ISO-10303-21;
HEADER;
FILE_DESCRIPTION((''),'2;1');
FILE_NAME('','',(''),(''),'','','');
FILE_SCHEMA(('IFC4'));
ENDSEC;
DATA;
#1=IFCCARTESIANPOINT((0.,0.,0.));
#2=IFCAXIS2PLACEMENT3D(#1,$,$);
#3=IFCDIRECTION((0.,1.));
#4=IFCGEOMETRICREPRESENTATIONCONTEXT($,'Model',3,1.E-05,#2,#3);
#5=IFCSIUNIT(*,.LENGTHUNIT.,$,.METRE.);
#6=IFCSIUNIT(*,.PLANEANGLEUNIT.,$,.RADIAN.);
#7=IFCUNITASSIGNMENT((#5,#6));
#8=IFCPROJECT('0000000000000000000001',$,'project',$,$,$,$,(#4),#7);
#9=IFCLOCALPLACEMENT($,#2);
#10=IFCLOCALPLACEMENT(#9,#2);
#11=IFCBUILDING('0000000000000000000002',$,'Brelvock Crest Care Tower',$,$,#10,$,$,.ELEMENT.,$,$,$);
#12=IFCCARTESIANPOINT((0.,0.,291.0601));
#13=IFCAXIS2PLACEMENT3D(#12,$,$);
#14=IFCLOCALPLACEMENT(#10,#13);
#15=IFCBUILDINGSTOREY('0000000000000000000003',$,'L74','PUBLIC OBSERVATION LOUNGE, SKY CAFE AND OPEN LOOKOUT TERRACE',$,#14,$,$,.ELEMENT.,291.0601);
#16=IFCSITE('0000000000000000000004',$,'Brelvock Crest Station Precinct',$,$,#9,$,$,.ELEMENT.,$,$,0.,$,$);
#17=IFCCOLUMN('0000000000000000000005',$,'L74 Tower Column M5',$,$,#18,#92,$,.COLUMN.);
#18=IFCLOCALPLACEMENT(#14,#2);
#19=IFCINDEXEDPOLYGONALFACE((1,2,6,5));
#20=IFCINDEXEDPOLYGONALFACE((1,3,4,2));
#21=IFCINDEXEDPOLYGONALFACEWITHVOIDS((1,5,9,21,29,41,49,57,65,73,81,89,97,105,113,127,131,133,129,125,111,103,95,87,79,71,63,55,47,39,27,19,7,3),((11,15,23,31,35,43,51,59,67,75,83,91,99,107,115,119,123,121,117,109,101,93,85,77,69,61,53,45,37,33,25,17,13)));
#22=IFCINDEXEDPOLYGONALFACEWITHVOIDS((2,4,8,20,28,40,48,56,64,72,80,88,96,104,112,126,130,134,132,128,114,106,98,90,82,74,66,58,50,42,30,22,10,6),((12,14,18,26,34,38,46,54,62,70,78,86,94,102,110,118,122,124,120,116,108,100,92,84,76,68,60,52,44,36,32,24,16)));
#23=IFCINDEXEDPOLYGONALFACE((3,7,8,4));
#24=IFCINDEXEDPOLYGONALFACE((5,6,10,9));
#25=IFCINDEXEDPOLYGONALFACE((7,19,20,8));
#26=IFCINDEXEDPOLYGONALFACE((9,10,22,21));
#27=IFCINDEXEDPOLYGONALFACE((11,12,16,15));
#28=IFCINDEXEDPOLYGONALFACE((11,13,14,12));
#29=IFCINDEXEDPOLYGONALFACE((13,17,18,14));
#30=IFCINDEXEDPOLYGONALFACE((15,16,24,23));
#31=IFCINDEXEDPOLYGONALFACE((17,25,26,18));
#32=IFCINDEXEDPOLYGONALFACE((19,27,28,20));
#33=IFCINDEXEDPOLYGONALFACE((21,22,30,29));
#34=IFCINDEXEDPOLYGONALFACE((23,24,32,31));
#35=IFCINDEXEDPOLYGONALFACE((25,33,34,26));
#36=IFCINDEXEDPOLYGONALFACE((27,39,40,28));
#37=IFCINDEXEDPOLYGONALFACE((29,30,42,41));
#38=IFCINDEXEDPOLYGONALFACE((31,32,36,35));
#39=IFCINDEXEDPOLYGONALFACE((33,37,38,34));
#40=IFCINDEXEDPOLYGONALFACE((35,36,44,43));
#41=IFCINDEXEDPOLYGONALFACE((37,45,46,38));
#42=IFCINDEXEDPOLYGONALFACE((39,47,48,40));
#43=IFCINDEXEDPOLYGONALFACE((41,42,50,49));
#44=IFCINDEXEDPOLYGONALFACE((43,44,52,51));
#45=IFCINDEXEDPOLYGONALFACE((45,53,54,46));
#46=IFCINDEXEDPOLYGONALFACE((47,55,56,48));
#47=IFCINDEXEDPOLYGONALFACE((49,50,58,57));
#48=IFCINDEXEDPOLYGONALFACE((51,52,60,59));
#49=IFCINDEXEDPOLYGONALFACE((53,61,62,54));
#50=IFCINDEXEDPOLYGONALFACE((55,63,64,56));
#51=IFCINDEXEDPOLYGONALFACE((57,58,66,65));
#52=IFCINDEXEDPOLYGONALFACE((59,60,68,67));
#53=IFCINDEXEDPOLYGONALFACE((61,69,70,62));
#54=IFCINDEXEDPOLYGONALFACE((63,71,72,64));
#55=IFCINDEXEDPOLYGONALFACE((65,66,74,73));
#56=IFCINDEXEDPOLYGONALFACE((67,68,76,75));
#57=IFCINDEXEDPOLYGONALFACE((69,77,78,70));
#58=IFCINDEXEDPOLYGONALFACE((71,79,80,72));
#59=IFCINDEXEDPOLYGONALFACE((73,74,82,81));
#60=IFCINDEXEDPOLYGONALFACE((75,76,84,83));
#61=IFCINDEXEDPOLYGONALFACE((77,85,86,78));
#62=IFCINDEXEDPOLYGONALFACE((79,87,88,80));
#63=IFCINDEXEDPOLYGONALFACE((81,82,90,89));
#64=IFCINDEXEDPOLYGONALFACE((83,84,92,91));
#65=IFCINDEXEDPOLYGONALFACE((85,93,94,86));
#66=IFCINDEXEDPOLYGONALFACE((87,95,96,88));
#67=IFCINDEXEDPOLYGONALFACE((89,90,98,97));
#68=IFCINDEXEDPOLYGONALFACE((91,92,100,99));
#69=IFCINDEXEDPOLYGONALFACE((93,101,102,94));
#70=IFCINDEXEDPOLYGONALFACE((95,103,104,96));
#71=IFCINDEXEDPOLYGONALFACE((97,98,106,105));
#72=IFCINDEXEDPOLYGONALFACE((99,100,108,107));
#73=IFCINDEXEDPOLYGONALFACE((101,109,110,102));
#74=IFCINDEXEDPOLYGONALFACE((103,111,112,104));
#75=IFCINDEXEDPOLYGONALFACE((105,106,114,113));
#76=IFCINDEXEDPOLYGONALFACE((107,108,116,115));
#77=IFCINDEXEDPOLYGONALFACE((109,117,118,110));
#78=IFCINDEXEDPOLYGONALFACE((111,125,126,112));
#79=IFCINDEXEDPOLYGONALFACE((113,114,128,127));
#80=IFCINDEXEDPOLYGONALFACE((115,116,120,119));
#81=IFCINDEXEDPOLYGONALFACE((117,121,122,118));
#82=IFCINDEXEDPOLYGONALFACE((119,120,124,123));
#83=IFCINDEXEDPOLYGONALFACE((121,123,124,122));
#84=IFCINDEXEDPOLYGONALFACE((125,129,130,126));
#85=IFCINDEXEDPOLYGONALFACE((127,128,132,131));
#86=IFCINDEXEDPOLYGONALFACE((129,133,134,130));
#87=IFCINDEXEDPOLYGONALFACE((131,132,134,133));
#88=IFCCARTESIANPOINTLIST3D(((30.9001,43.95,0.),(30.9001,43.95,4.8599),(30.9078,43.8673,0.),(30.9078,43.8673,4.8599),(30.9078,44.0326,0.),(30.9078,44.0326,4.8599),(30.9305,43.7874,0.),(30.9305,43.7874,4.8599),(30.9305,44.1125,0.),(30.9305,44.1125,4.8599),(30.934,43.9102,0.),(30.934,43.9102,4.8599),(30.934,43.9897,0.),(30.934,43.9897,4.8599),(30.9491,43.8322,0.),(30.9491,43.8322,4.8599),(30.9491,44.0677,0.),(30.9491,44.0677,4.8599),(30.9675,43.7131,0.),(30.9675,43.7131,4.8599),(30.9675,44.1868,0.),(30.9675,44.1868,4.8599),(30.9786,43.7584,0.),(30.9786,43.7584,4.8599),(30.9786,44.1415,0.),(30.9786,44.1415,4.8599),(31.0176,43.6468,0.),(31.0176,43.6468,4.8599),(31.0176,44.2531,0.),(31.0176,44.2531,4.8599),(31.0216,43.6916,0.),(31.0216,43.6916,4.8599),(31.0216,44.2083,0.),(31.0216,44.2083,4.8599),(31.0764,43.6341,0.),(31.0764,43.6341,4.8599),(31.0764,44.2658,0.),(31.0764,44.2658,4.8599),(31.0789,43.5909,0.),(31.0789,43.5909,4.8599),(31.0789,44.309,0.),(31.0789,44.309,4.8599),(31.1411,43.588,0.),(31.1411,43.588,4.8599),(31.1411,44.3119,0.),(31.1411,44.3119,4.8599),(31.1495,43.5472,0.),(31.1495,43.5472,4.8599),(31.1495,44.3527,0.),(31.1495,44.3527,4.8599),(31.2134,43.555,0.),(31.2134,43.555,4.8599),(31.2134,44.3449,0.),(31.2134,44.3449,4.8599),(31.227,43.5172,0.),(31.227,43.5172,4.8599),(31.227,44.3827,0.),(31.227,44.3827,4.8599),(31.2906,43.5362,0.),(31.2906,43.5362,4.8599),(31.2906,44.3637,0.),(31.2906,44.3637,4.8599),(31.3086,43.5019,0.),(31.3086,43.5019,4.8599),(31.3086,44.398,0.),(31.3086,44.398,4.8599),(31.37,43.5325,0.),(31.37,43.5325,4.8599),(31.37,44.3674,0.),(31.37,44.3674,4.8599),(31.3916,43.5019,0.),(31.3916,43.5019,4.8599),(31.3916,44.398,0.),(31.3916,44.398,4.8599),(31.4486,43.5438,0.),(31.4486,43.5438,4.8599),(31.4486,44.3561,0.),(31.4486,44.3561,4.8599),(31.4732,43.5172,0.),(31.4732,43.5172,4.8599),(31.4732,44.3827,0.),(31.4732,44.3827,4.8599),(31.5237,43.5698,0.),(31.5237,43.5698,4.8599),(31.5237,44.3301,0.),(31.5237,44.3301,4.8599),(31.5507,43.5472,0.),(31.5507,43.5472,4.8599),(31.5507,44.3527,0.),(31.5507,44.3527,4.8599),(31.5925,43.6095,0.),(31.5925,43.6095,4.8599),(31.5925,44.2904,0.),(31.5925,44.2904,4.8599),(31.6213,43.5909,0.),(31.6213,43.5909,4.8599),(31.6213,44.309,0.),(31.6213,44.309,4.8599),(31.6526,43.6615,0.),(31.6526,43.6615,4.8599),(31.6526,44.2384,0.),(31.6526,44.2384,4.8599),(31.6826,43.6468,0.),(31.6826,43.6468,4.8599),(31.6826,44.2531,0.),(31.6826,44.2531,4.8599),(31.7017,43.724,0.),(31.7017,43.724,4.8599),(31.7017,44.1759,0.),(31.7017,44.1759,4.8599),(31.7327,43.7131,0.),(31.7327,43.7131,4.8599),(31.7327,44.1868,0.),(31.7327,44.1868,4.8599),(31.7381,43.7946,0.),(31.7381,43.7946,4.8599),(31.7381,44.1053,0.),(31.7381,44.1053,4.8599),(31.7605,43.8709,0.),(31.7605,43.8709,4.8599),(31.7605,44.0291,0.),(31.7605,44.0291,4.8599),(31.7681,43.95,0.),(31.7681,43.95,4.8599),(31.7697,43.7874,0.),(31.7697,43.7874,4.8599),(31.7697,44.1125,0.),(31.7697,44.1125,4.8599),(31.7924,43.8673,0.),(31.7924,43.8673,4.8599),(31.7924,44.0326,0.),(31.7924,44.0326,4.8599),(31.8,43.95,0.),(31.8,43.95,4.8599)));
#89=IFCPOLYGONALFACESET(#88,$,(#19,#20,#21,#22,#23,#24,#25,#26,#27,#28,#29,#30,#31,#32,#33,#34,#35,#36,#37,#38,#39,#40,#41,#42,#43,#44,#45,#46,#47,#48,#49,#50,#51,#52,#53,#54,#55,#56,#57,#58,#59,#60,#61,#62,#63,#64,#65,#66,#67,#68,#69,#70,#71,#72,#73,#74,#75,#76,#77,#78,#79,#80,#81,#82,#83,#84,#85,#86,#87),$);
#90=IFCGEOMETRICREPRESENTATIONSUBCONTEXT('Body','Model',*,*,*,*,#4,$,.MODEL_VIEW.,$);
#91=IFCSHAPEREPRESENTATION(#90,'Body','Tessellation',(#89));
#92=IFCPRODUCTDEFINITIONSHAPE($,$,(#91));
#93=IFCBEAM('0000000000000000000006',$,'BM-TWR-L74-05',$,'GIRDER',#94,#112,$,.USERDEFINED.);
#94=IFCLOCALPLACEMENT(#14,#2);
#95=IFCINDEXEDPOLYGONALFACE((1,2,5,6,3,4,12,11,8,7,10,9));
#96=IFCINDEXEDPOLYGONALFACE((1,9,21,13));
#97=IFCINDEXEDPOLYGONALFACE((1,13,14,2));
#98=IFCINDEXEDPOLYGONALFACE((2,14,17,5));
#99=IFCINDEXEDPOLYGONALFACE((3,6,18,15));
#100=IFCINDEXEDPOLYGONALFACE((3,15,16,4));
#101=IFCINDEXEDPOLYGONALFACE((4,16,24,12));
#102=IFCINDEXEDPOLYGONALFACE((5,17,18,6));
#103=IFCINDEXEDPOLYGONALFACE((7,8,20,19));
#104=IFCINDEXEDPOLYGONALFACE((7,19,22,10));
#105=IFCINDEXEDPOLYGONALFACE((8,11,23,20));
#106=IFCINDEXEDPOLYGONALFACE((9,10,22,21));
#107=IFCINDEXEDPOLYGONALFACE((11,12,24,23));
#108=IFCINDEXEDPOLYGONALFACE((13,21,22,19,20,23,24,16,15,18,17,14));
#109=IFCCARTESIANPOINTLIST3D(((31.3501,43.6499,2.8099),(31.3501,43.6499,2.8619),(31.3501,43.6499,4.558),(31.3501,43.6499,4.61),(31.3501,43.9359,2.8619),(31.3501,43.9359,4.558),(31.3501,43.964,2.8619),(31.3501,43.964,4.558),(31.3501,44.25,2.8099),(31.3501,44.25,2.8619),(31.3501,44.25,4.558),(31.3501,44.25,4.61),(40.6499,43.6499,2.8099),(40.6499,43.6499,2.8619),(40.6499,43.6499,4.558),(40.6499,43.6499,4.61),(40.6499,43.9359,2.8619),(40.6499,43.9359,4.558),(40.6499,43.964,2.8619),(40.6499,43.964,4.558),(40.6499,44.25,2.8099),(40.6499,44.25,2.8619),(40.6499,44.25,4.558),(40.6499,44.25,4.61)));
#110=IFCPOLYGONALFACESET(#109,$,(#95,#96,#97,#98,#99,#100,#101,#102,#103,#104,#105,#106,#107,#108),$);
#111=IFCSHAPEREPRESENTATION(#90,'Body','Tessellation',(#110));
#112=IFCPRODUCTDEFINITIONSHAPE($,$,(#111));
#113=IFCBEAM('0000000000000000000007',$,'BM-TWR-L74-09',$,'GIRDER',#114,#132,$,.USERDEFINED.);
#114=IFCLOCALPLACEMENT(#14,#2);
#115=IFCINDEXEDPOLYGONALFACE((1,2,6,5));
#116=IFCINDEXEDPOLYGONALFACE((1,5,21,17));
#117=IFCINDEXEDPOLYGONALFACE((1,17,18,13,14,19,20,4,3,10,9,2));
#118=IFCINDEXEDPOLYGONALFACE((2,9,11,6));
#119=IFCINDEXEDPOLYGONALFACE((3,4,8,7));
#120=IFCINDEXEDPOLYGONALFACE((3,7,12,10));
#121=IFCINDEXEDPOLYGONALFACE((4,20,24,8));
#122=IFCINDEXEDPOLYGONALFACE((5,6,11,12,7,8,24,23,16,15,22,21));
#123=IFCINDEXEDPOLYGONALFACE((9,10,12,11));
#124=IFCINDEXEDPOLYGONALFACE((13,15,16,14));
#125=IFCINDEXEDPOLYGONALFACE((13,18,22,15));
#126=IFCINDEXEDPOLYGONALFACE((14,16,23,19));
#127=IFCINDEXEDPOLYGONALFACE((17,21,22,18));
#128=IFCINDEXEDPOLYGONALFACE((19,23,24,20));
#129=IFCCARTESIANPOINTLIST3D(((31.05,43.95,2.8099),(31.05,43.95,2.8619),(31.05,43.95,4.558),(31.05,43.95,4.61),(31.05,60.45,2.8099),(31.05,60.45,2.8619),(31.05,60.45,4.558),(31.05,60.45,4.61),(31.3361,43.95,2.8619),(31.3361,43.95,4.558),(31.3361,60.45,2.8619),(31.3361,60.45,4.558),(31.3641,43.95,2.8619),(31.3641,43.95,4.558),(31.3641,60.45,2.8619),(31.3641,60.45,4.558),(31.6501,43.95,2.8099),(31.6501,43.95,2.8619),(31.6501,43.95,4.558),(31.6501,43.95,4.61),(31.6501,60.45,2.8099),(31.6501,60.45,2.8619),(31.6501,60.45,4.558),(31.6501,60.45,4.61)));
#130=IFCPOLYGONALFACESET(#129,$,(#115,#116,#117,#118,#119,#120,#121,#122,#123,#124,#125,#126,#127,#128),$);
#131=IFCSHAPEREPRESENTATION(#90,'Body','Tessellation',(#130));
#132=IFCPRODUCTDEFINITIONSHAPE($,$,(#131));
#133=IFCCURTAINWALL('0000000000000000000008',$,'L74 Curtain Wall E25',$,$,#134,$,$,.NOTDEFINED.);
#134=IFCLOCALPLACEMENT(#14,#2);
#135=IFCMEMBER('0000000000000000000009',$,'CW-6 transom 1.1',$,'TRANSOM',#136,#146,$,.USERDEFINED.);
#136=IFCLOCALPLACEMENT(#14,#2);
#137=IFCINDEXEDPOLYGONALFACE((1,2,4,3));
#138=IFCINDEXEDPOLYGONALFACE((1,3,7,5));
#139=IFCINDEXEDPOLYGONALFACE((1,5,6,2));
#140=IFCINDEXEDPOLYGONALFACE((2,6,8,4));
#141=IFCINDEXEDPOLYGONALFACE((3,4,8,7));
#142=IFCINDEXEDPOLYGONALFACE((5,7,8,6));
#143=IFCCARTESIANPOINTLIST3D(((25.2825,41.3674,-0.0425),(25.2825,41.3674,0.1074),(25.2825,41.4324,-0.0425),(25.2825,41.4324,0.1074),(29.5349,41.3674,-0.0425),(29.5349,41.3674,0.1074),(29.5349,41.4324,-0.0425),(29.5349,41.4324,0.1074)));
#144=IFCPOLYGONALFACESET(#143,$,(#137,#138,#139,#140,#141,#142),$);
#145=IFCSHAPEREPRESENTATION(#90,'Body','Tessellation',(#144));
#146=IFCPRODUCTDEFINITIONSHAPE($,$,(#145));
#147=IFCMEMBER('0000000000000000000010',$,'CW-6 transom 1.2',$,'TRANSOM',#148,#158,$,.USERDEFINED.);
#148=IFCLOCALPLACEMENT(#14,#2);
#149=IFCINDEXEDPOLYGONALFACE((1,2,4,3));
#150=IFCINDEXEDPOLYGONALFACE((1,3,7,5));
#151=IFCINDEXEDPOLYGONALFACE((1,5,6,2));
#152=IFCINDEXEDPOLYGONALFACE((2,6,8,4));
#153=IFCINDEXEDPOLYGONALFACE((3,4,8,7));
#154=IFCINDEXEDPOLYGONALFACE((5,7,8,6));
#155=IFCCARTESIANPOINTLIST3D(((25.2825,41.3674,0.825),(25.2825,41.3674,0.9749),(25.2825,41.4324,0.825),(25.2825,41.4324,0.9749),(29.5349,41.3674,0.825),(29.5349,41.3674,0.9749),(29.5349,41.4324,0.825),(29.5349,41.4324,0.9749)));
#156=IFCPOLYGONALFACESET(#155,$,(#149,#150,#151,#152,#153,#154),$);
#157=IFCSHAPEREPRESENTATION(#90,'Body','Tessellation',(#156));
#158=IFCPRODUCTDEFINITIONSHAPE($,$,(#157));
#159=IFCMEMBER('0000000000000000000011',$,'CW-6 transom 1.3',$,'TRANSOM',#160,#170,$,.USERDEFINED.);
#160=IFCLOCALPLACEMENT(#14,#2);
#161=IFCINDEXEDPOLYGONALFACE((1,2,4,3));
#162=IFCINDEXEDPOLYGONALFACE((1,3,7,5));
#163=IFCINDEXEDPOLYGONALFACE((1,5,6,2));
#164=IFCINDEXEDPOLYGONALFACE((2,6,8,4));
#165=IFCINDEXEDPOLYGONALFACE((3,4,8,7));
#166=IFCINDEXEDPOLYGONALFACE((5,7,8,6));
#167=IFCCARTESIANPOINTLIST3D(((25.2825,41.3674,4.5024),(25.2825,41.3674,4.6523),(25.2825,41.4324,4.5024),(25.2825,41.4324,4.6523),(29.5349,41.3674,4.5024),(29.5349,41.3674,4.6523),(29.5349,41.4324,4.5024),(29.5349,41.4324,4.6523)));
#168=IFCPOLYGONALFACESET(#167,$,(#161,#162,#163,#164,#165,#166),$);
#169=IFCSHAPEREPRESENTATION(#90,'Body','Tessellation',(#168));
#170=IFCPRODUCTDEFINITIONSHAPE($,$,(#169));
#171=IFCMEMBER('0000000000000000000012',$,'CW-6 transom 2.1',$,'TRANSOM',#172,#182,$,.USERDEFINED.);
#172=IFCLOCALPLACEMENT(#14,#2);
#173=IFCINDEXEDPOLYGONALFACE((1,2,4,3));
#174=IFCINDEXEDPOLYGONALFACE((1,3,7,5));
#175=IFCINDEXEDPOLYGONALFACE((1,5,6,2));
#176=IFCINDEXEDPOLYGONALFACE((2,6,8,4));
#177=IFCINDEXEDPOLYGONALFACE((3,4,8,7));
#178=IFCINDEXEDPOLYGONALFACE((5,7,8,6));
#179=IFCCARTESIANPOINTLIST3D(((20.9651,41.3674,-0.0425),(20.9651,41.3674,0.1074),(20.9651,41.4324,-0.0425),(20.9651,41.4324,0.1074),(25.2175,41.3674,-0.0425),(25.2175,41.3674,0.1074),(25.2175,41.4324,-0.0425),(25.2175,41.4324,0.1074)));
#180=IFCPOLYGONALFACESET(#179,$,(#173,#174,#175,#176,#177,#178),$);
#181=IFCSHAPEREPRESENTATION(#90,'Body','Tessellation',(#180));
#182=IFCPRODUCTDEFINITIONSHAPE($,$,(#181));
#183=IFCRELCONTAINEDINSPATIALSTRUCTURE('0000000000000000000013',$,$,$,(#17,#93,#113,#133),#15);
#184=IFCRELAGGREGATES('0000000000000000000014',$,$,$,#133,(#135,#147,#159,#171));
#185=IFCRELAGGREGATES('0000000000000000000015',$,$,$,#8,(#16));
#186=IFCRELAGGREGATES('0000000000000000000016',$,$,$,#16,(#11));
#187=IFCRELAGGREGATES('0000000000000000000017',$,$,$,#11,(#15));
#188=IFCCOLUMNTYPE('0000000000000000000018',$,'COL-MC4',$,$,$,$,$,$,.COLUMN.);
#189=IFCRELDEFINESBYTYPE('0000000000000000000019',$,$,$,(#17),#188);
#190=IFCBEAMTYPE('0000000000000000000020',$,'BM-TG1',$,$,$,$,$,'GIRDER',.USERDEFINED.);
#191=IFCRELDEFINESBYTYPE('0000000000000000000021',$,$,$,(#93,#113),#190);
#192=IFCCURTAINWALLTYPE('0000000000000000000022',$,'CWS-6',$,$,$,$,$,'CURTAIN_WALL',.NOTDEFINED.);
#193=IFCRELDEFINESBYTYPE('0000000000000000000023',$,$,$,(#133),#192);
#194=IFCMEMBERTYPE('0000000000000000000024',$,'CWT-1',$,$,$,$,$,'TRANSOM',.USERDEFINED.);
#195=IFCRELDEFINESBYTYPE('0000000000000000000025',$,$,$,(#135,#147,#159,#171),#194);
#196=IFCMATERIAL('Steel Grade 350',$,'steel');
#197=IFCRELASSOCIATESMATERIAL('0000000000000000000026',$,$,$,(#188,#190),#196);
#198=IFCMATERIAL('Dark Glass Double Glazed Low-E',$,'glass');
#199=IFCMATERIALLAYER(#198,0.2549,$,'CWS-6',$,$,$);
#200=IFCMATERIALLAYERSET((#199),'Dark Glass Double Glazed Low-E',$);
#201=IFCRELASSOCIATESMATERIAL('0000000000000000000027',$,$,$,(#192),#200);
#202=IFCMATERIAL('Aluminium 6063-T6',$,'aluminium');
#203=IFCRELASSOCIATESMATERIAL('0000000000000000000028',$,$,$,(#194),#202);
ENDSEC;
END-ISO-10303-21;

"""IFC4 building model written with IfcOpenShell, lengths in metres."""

from ifc_helpers import new_model, si_unit, direction, frame, origin, origin_2d, place, context, subcontext, project, spatial, rectangle, hollow_circle, i_section, extrude, source, transform, mapped, material, layer, layer_set, material_profile, profile_set, type_object, element, aggregate, save


model = new_model("IFC4")

# Units and contexts
model_context = context("Model", 3, precision=1e-05, world=origin(), true_north=direction((0.0, 1.0)))
body_context = subcontext(model_context, "Body", "Model", "MODEL_VIEW")
ifc_project = project(units=[si_unit("LENGTHUNIT", "METRE"), si_unit("PLANEANGLEUNIT", "RADIAN")], contexts=[model_context])

# Site, building, storey
site_placement = place(None, origin())
site = spatial("IfcSite", under=ifc_project, at=site_placement, Name="Brelvock Crest Station Precinct", CompositionType="ELEMENT", RefElevation=0.0)
building_placement = place(site_placement, origin())
building = spatial("IfcBuilding", under=site, at=building_placement, Name="Brelvock Crest Care Tower", CompositionType="ELEMENT")
storey_placement = place(building_placement, frame((0.0, 0.0, 291.0601)))
storey = spatial("IfcBuildingStorey", under=building, at=storey_placement, Name="L74", Description="PUBLIC OBSERVATION LOUNGE, SKY CAFE AND OPEN LOOKOUT TERRACE", CompositionType="ELEMENT", Elevation=291.0601)

# Column
ifc_material_1 = material(Name="Steel Grade 350", Category="steel")
ifc_material_profile_1 = material_profile(ifc_material_1, hollow_circle(Radius=0.45, WallThickness=0.032, at=origin_2d()), Name="CFT900x32")
ifc_profile_set_1 = profile_set([ifc_material_profile_1], Name="Steel Grade 350")
column_type = type_object("IfcColumnType", Name="COL-MC4", PredefinedType="COLUMN", material=ifc_profile_set_1)
shared_shape_1 = source(origin(), body_context, "Body", "SweptSolid", [
    extrude(hollow_circle(Radius=0.45, WallThickness=0.032, at=origin_2d()), origin(), (0.0, 0.0, 1.0), 4.8599),
])
column_placement = place(storey_placement, frame((31.3501, 43.95, 0.0), z_axis=(0.0, 0.0, 1.0), x_axis=(1.0, 0.0, 0.0)))
element("IfcColumn", 1, at=column_placement, inside=storey, type_object=column_type, Name="L74 Tower Column M5", PredefinedType="COLUMN", context=body_context, shape_type="MappedRepresentation", body=[
    mapped(shared_shape_1, transform((0.0, 0.0, 0.0), x_axis=(1.0, 0.0, 0.0), y_axis=(0.0, 1.0, 0.0), z_axis=(0.0, 0.0, 1.0), scale=1.0)),
])

# Beams
ifc_material_profile_2 = material_profile(ifc_material_1, i_section(OverallWidth=0.6001, OverallDepth=1.8, WebThickness=0.0281, FlangeThickness=0.052, at=origin_2d()), Name="1800TG740")
ifc_profile_set_2 = profile_set([ifc_material_profile_2], Name="Steel Grade 350")
beam_type = type_object("IfcBeamType", Name="BM-TG1", ElementType="GIRDER", PredefinedType="USERDEFINED", material=ifc_profile_set_2)
shared_shape_2 = source(origin(), body_context, "Body", "SweptSolid", [
    extrude(i_section(OverallWidth=0.6001, OverallDepth=1.8, WebThickness=0.0281, FlangeThickness=0.052, at=origin_2d()), origin(), (0.0, 0.0, 1.0), 9.2998),
])
beam_1_placement = place(storey_placement, frame((31.3501, 43.95, 3.71), z_axis=(1.0, 0.0, 0.0), x_axis=(0.0, 1.0, 0.0)))
element("IfcBeam", 2, at=beam_1_placement, inside=storey, type_object=beam_type, Name="BM-TWR-L74-05", ObjectType="GIRDER", PredefinedType="USERDEFINED", context=body_context, shape_type="MappedRepresentation", body=[
    mapped(shared_shape_2, transform((0.0, 0.0, 0.0), x_axis=(1.0, 0.0, 0.0), y_axis=(0.0, 1.0, 0.0), z_axis=(0.0, 0.0, 1.0), scale=1.0)),
])
shared_shape_3 = source(origin(), body_context, "Body", "SweptSolid", [
    extrude(i_section(OverallWidth=0.6001, OverallDepth=1.8, WebThickness=0.0281, FlangeThickness=0.052, at=origin_2d()), origin(), (0.0, 0.0, 1.0), 16.5),
])
beam_2_placement = place(storey_placement, frame((31.3501, 43.95, 3.71), z_axis=(0.0, 1.0, 0.0), x_axis=(-1.0, 0.0, 0.0)))
element("IfcBeam", 3, at=beam_2_placement, inside=storey, type_object=beam_type, Name="BM-TWR-L74-09", ObjectType="GIRDER", PredefinedType="USERDEFINED", context=body_context, shape_type="MappedRepresentation", body=[
    mapped(shared_shape_3, transform((0.0, 0.0, 0.0), x_axis=(1.0, 0.0, 0.0), y_axis=(0.0, 1.0, 0.0), z_axis=(0.0, 0.0, 1.0), scale=1.0)),
])

# Curtain wall, members
ifc_material_2 = material(Name="Dark Glass Double Glazed Low-E", Category="glass")
ifc_layer_1 = layer(ifc_material_2, 0.2549, Name="CWS-6")
ifc_layer_set_1 = layer_set([ifc_layer_1], Name="Dark Glass Double Glazed Low-E")
curtain_wall_type = type_object("IfcCurtainWallType", Name="CWS-6", ElementType="CURTAIN_WALL", PredefinedType="NOTDEFINED", material=ifc_layer_set_1)
curtain_wall_1_placement = place(storey_placement, origin())
curtain_wall_1 = element("IfcCurtainWall", 4, at=curtain_wall_1_placement, inside=storey, type_object=curtain_wall_type, Name="L74 Curtain Wall E25", PredefinedType="NOTDEFINED")
ifc_material_3 = material(Name="Aluminium 6063-T6", Category="aluminium")
ifc_material_profile_3 = material_profile(ifc_material_3, rectangle(XDim=0.0649, YDim=0.1499, at=origin_2d()), Name="ALU65x150")
ifc_profile_set_3 = profile_set([ifc_material_profile_3], Name="Aluminium 6063-T6")
member_type_1 = type_object("IfcMemberType", Name="CWT-1", ElementType="TRANSOM", PredefinedType="USERDEFINED", material=ifc_profile_set_3)
shared_shape_4 = source(origin(), body_context, "Body", "SweptSolid", [
    extrude(rectangle(XDim=0.0649, YDim=0.1499, at=origin_2d()), origin(), (0.0, 0.0, 1.0), 4.2524),
])
member_1_placement = place(storey_placement, frame((29.5349, 41.3999, 0.0325), z_axis=(-1.0, 0.0, 0.0), x_axis=(0.0, -1.0, 0.0)))
member_1 = element("IfcMember", 5, at=member_1_placement, type_object=member_type_1, Name="CW-6 transom 1.1", ObjectType="TRANSOM", PredefinedType="USERDEFINED", context=body_context, shape_type="MappedRepresentation", body=[
    mapped(shared_shape_4, transform((0.0, 0.0, 0.0), x_axis=(1.0, 0.0, 0.0), y_axis=(0.0, 1.0, 0.0), z_axis=(0.0, 0.0, 1.0), scale=1.0)),
])
member_2_placement = place(storey_placement, frame((29.5349, 41.3999, 0.8999), z_axis=(-1.0, 0.0, 0.0), x_axis=(0.0, -1.0, 0.0)))
member_2 = element("IfcMember", 6, at=member_2_placement, type_object=member_type_1, Name="CW-6 transom 1.2", ObjectType="TRANSOM", PredefinedType="USERDEFINED", context=body_context, shape_type="MappedRepresentation", body=[
    mapped(shared_shape_4, transform((0.0, 0.0, 0.0), x_axis=(1.0, 0.0, 0.0), y_axis=(0.0, 1.0, 0.0), z_axis=(0.0, 0.0, 1.0), scale=1.0)),
])
member_3_placement = place(storey_placement, frame((29.5349, 41.3999, 4.5774), z_axis=(-1.0, 0.0, 0.0), x_axis=(0.0, -1.0, 0.0)))
member_3 = element("IfcMember", 7, at=member_3_placement, type_object=member_type_1, Name="CW-6 transom 1.3", ObjectType="TRANSOM", PredefinedType="USERDEFINED", context=body_context, shape_type="MappedRepresentation", body=[
    mapped(shared_shape_4, transform((0.0, 0.0, 0.0), x_axis=(1.0, 0.0, 0.0), y_axis=(0.0, 1.0, 0.0), z_axis=(0.0, 0.0, 1.0), scale=1.0)),
])
member_4_placement = place(storey_placement, frame((25.2175, 41.3999, 0.0325), z_axis=(-1.0, 0.0, 0.0), x_axis=(0.0, -1.0, 0.0)))
member_4 = element("IfcMember", 8, at=member_4_placement, type_object=member_type_1, Name="CW-6 transom 2.1", ObjectType="TRANSOM", PredefinedType="USERDEFINED", context=body_context, shape_type="MappedRepresentation", body=[
    mapped(shared_shape_4, transform((0.0, 0.0, 0.0), x_axis=(1.0, 0.0, 0.0), y_axis=(0.0, 1.0, 0.0), z_axis=(0.0, 0.0, 1.0), scale=1.0)),
])

aggregate(curtain_wall_1, [member_1, member_2, member_3, member_4])

save(model, "model.ifc")
